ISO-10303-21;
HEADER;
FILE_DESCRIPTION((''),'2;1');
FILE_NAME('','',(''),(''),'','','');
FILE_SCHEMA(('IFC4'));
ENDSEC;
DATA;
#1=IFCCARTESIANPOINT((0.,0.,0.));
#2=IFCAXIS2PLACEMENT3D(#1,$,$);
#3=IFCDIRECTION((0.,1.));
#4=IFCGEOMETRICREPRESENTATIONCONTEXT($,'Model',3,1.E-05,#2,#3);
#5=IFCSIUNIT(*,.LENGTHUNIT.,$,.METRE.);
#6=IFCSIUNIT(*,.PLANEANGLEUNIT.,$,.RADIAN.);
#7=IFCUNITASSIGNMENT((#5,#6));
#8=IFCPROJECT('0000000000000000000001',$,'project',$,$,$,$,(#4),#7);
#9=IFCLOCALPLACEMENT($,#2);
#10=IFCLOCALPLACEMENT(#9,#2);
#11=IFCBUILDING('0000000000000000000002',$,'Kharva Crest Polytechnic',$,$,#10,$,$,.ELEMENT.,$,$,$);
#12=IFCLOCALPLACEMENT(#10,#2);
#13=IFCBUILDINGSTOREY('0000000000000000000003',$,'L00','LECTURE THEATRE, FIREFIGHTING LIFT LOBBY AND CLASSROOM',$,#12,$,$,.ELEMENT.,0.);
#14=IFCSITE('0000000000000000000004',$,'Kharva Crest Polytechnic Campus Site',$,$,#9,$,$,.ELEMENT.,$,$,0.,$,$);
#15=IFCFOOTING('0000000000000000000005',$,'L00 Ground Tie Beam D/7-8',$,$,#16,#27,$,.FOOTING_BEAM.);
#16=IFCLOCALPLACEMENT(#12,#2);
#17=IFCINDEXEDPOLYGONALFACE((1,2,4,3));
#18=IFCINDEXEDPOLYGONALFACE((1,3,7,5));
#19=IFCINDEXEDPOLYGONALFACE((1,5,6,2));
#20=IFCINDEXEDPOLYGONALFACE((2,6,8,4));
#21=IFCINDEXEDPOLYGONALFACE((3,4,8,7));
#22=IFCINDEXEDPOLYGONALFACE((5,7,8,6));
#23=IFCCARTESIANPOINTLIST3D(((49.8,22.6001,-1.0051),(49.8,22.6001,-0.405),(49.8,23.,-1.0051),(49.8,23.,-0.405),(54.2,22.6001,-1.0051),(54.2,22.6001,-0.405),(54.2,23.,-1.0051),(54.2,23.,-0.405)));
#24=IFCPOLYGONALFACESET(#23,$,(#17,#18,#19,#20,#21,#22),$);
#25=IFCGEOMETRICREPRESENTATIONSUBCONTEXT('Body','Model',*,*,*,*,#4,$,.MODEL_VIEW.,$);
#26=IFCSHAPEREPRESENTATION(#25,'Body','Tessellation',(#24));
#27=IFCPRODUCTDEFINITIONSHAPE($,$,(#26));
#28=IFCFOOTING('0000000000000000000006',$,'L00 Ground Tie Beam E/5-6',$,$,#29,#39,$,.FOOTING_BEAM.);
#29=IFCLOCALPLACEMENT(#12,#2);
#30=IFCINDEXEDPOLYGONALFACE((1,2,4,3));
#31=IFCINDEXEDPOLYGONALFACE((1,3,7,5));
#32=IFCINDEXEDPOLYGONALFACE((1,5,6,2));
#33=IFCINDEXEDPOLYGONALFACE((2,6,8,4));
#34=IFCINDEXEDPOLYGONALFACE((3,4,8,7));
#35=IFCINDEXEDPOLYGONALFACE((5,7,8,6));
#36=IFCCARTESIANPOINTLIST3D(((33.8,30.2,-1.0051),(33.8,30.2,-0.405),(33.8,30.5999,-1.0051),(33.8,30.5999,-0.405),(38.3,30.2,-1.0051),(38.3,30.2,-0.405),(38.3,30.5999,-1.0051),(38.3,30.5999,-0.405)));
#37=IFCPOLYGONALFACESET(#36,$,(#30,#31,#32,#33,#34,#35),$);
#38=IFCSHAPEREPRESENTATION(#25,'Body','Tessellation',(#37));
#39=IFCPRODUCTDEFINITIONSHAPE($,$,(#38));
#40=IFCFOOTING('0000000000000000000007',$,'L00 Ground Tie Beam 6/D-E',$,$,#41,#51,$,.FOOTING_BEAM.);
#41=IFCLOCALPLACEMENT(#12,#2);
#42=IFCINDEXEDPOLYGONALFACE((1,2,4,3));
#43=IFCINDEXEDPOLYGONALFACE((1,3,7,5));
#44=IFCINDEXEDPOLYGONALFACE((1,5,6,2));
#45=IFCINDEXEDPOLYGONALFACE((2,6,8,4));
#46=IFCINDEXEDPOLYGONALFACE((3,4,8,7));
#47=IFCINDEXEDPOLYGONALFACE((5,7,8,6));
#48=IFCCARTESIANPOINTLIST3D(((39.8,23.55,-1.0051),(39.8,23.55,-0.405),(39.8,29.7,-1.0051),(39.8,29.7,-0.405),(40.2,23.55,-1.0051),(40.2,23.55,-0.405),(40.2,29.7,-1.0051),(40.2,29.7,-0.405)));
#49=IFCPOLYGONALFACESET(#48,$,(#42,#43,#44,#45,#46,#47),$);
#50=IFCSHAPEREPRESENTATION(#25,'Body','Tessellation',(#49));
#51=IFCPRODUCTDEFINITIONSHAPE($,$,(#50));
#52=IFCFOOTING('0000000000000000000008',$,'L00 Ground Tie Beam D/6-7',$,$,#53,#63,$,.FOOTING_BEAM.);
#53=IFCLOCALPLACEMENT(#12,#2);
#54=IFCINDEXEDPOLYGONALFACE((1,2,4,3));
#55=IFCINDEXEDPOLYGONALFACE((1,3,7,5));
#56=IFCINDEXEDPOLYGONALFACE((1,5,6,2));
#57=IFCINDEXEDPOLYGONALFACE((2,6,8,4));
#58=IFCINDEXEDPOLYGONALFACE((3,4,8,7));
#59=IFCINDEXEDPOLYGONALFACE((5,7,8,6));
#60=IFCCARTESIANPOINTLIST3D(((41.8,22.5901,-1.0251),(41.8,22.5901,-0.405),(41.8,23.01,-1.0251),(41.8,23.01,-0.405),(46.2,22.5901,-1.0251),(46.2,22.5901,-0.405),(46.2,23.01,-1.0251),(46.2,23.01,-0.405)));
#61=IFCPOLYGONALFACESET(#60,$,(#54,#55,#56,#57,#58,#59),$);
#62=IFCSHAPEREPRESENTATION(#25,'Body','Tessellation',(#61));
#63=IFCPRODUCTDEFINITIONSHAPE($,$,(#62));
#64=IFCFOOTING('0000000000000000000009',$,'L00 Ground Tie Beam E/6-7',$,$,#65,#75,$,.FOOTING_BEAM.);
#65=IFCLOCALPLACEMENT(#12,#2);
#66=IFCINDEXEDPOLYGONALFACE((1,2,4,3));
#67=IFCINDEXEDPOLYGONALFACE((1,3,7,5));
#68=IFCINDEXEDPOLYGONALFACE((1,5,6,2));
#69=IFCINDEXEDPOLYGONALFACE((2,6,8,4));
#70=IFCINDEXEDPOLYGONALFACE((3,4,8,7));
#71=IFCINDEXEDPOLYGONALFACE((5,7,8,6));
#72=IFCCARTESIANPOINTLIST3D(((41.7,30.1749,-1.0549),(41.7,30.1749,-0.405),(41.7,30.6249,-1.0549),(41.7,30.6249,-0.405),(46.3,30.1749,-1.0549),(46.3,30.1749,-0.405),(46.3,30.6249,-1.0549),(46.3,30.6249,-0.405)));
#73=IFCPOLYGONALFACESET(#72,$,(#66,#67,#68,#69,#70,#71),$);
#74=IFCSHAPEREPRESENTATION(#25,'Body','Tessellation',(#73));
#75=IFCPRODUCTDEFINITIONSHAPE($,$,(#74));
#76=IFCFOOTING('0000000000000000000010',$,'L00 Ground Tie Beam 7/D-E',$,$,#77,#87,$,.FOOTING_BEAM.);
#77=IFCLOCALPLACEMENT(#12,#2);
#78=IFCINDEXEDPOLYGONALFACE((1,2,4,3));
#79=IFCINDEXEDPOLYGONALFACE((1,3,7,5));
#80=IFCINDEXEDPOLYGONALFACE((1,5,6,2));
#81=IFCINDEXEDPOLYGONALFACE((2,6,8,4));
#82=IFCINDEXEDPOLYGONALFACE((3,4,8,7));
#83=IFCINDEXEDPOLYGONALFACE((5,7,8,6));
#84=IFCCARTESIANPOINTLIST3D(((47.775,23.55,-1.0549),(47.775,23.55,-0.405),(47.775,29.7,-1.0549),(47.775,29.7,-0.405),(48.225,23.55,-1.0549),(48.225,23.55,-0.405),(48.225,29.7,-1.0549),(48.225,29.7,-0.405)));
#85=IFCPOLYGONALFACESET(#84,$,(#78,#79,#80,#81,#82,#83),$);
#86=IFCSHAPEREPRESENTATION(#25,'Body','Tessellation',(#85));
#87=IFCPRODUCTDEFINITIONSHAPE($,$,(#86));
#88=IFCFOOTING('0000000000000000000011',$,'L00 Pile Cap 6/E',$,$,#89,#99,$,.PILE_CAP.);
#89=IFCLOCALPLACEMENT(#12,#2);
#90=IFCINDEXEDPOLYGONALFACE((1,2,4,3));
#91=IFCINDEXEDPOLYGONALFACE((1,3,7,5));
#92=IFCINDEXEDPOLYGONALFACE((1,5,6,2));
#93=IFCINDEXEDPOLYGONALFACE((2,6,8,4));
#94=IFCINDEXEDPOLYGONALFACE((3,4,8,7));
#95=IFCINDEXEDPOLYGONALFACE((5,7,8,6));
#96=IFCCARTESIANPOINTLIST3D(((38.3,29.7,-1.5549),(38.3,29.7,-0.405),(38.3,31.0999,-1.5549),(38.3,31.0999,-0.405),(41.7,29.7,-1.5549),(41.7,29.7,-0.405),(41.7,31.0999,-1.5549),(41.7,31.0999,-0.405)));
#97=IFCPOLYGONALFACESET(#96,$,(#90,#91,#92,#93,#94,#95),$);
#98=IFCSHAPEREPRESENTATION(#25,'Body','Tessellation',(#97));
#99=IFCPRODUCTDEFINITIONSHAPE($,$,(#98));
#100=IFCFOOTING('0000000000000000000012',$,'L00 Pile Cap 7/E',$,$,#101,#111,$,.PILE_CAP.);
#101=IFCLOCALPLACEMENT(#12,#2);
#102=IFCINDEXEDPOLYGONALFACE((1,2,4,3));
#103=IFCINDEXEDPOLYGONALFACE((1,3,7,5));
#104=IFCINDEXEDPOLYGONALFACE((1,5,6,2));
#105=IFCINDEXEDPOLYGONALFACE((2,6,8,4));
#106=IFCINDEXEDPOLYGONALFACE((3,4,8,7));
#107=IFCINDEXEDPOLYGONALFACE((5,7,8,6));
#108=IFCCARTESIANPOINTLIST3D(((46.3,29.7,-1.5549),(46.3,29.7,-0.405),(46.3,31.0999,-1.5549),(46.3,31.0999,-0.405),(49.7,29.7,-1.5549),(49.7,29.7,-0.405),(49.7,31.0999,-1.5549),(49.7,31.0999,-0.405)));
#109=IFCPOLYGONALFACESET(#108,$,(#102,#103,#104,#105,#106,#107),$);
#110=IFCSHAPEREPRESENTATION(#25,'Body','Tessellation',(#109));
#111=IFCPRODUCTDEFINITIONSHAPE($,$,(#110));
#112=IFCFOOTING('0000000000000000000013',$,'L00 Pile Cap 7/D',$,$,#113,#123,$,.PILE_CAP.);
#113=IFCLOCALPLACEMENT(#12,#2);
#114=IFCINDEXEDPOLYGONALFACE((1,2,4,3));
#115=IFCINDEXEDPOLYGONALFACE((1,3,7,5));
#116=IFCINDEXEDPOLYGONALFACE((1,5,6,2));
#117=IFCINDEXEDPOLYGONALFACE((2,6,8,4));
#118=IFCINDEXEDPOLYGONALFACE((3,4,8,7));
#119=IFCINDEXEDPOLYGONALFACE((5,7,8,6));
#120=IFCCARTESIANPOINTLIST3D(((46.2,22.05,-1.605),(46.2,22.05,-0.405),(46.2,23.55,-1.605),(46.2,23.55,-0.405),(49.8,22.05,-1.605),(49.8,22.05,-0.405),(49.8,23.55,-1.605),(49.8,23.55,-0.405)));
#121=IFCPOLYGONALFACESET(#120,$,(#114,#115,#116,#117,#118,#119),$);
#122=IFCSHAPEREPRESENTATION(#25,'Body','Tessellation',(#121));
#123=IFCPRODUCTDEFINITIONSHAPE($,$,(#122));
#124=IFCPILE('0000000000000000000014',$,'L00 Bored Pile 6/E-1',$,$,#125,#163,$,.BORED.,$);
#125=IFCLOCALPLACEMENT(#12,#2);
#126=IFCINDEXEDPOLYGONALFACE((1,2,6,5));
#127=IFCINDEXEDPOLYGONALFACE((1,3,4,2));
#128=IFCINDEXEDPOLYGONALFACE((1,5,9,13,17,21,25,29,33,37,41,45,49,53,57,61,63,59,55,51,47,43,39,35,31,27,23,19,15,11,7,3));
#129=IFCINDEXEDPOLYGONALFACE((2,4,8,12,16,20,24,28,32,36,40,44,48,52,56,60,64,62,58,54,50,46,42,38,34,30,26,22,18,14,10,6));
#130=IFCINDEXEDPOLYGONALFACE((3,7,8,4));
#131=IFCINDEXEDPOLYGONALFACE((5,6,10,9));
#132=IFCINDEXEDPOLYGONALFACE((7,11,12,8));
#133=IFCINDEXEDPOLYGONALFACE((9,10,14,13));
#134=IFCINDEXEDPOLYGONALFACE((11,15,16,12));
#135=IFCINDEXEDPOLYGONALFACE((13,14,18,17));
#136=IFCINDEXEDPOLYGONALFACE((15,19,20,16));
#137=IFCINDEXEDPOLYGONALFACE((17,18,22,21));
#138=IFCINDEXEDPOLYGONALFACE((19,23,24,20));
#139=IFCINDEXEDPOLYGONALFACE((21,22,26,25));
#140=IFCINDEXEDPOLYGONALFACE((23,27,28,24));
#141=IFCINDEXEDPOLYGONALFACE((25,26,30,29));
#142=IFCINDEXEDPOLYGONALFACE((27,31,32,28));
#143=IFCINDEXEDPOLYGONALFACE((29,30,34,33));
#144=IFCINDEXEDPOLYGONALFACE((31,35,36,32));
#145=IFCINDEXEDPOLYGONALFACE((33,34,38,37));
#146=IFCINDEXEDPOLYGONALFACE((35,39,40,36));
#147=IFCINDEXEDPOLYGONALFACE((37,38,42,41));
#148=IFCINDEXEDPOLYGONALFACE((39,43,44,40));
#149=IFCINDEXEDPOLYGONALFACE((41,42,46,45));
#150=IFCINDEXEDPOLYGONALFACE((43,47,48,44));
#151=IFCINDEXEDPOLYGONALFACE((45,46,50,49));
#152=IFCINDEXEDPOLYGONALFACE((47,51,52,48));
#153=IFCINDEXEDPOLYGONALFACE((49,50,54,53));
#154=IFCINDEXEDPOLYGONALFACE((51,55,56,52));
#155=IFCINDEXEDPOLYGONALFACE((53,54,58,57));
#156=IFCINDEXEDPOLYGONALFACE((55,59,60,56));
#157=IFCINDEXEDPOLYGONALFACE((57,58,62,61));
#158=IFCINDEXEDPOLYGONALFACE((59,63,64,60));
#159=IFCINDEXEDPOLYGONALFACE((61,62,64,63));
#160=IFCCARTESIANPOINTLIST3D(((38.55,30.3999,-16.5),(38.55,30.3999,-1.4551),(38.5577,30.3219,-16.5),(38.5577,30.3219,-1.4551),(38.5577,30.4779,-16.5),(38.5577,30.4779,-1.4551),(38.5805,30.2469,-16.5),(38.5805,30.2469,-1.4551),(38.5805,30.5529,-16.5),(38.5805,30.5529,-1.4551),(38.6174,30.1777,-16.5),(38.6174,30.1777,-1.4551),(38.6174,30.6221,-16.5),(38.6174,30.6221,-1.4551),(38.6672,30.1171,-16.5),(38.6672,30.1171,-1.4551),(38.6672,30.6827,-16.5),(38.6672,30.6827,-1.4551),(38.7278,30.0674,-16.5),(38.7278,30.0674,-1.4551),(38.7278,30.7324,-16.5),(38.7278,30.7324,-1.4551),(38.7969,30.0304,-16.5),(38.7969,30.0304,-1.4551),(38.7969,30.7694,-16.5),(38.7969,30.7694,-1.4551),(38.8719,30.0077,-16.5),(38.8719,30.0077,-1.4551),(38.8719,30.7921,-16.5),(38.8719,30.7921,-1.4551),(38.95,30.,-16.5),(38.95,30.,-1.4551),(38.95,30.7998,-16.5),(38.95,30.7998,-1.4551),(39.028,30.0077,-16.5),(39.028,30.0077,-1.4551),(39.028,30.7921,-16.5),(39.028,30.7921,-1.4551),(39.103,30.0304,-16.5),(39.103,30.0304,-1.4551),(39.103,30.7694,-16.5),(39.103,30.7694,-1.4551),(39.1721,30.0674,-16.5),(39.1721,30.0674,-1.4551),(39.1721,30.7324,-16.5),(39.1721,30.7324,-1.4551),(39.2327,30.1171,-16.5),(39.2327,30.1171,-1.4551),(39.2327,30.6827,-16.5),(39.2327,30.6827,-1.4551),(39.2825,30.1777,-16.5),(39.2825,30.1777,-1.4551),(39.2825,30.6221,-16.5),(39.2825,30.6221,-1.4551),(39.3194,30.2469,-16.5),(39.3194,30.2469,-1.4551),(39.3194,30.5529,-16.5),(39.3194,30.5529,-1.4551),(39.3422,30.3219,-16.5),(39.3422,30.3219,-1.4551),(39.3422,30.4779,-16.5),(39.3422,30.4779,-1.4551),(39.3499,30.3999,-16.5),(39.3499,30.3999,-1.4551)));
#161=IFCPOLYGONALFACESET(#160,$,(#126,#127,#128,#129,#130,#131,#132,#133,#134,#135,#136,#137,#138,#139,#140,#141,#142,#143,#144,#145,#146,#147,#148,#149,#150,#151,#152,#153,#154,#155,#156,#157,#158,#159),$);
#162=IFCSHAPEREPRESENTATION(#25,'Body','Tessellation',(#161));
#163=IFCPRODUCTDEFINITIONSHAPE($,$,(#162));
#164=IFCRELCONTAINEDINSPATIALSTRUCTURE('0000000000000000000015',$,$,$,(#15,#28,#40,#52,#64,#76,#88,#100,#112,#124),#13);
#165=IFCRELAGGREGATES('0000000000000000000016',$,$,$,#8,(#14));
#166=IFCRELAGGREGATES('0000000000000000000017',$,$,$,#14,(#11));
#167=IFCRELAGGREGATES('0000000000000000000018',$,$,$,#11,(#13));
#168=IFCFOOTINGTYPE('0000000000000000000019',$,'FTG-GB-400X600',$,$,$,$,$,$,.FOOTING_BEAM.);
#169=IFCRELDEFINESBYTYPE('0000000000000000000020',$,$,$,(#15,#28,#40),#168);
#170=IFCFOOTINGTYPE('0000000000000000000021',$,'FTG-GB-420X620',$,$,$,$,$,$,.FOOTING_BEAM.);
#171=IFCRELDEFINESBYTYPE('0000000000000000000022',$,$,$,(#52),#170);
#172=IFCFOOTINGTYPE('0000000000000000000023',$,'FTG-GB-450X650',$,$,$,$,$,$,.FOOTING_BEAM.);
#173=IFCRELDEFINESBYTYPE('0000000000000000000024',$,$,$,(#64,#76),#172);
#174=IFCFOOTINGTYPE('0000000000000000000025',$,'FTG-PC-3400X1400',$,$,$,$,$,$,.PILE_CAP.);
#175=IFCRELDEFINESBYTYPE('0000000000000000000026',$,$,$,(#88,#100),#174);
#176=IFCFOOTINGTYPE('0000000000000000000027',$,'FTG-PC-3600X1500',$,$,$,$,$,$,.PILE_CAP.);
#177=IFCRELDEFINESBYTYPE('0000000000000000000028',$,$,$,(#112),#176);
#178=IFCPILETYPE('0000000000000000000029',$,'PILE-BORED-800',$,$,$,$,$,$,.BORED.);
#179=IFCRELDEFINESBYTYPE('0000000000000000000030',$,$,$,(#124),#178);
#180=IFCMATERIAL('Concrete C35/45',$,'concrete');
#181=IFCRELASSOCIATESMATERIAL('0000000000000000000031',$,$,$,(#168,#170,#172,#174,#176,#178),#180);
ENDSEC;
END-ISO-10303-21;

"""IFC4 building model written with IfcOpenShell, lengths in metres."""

from ifc_helpers import new_model, si_unit, direction, frame, origin, origin_2d, place, context, subcontext, project, spatial, rectangle, circle, extrude, material, material_profile, profile_set, type_object, element, save


model = new_model("IFC4")

# Units and contexts
model_context = context("Model", 3, precision=1e-05, world=origin(), true_north=direction((0.0, 1.0)))
body_context = subcontext(model_context, "Body", "Model", "MODEL_VIEW")
ifc_project = project(units=[si_unit("LENGTHUNIT", "METRE"), si_unit("PLANEANGLEUNIT", "RADIAN")], contexts=[model_context])

# Site, building, storey
site_placement = place(None, origin())
site = spatial("IfcSite", under=ifc_project, at=site_placement, Name="Kharva Crest Polytechnic Campus Site", CompositionType="ELEMENT", RefElevation=0.0)
building_placement = place(site_placement, origin())
building = spatial("IfcBuilding", under=site, at=building_placement, Name="Kharva Crest Polytechnic", CompositionType="ELEMENT")
storey_placement = place(building_placement, origin())
storey = spatial("IfcBuildingStorey", under=building, at=storey_placement, Name="L00", Description="LECTURE THEATRE, FIREFIGHTING LIFT LOBBY AND CLASSROOM", CompositionType="ELEMENT", Elevation=0.0)

# Footings
ifc_material_1 = material(Name="Concrete C35/45", Category="concrete")
footing_type_1 = type_object("IfcFootingType", Name="FTG-GB-400X600", PredefinedType="FOOTING_BEAM", material=ifc_material_1)
footing_1_placement = place(storey_placement, frame((52.0, 22.8, -1.0051), z_axis=(0.0, 0.0, 1.0), x_axis=(1.0, 0.0, 0.0)))
element("IfcFooting", 1, at=footing_1_placement, inside=storey, type_object=footing_type_1, Name="L00 Ground Tie Beam D/7-8", PredefinedType="FOOTING_BEAM", context=body_context, shape_type="SweptSolid", body=[
    extrude(rectangle(XDim=4.3999, YDim=0.3999, at=origin_2d()), origin(), (0.0, 0.0, 1.0), 0.6001),
])
footing_2_placement = place(storey_placement, frame((36.05, 30.3999, -1.0051), z_axis=(0.0, 0.0, 1.0), x_axis=(1.0, 0.0, 0.0)))
element("IfcFooting", 2, at=footing_2_placement, inside=storey, type_object=footing_type_1, Name="L00 Ground Tie Beam E/5-6", PredefinedType="FOOTING_BEAM", context=body_context, shape_type="SweptSolid", body=[
    extrude(rectangle(XDim=4.5, YDim=0.3999, at=origin_2d()), origin(), (0.0, 0.0, 1.0), 0.6001),
])
footing_3_placement = place(storey_placement, frame((40.0, 26.625, -1.0051), z_axis=(0.0, 0.0, 1.0), x_axis=(0.0, 1.0, 0.0)))
element("IfcFooting", 3, at=footing_3_placement, inside=storey, type_object=footing_type_1, Name="L00 Ground Tie Beam 6/D-E", PredefinedType="FOOTING_BEAM", context=body_context, shape_type="SweptSolid", body=[
    extrude(rectangle(XDim=6.1499, YDim=0.3999, at=origin_2d()), origin(), (0.0, 0.0, 1.0), 0.6001),
])
footing_type_2 = type_object("IfcFootingType", Name="FTG-GB-420X620", PredefinedType="FOOTING_BEAM", material=ifc_material_1)
footing_4_placement = place(storey_placement, frame((44.0, 22.8, -1.0251), z_axis=(0.0, 0.0, 1.0), x_axis=(1.0, 0.0, 0.0)))
element("IfcFooting", 4, at=footing_4_placement, inside=storey, type_object=footing_type_2, Name="L00 Ground Tie Beam D/6-7", PredefinedType="FOOTING_BEAM", context=body_context, shape_type="SweptSolid", body=[
    extrude(rectangle(XDim=4.3999, YDim=0.4199, at=origin_2d()), origin(), (0.0, 0.0, 1.0), 0.6201),
])
footing_type_3 = type_object("IfcFootingType", Name="FTG-GB-450X650", PredefinedType="FOOTING_BEAM", material=ifc_material_1)
footing_5_placement = place(storey_placement, frame((44.0, 30.3999, -1.0549), z_axis=(0.0, 0.0, 1.0), x_axis=(1.0, 0.0, 0.0)))
element("IfcFooting", 5, at=footing_5_placement, inside=storey, type_object=footing_type_3, Name="L00 Ground Tie Beam E/6-7", PredefinedType="FOOTING_BEAM", context=body_context, shape_type="SweptSolid", body=[
    extrude(rectangle(XDim=4.6001, YDim=0.45, at=origin_2d()), origin(), (0.0, 0.0, 1.0), 0.6499),
])
footing_6_placement = place(storey_placement, frame((48.0, 26.625, -1.0549), z_axis=(0.0, 0.0, 1.0), x_axis=(0.0, 1.0, 0.0)))
element("IfcFooting", 6, at=footing_6_placement, inside=storey, type_object=footing_type_3, Name="L00 Ground Tie Beam 7/D-E", PredefinedType="FOOTING_BEAM", context=body_context, shape_type="SweptSolid", body=[
    extrude(rectangle(XDim=6.1499, YDim=0.45, at=origin_2d()), origin(), (0.0, 0.0, 1.0), 0.6499),
])
footing_type_4 = type_object("IfcFootingType", Name="FTG-PC-3400X1400", PredefinedType="PILE_CAP", material=ifc_material_1)
for number, where, z_axis, x_axis, name in (
    (7, (40.0, 30.3999, -1.5549), (0.0, 0.0, 1.0), (1.0, 0.0, 0.0), "L00 Pile Cap 6/E"),
    (8, (48.0, 30.3999, -1.5549), (0.0, 0.0, 1.0), (1.0, 0.0, 0.0), "L00 Pile Cap 7/E"),
):
    element("IfcFooting", number, at=place(storey_placement, frame(where, z_axis=z_axis, x_axis=x_axis)), inside=storey, type_object=footing_type_4, Name=name, PredefinedType="PILE_CAP", context=body_context, shape_type="SweptSolid", body=[
        extrude(rectangle(XDim=3.3999, YDim=1.3999, at=origin_2d()), origin(), (0.0, 0.0, 1.0), 1.1499),
    ])
footing_type_5 = type_object("IfcFootingType", Name="FTG-PC-3600X1500", PredefinedType="PILE_CAP", material=ifc_material_1)
footing_7_placement = place(storey_placement, frame((48.0, 22.8, -1.605), z_axis=(0.0, 0.0, 1.0), x_axis=(1.0, 0.0, 0.0)))
element("IfcFooting", 9, at=footing_7_placement, inside=storey, type_object=footing_type_5, Name="L00 Pile Cap 7/D", PredefinedType="PILE_CAP", context=body_context, shape_type="SweptSolid", body=[
    extrude(rectangle(XDim=3.6001, YDim=1.5, at=origin_2d()), origin(), (0.0, 0.0, 1.0), 1.2),
])

# Pile
ifc_material_profile_1 = material_profile(ifc_material_1, circle(Radius=0.3999, at=origin_2d()), Name="DIA 800")
ifc_profile_set_1 = profile_set([ifc_material_profile_1], Name="Concrete C35/45")
pile_type_1 = type_object("IfcPileType", Name="PILE-BORED-800", PredefinedType="BORED", material=ifc_profile_set_1)
for number, where, z_axis, x_axis, name in (
    (10, (38.95, 30.3999, -1.4551), (0.0, 0.0, -1.0), (1.0, 0.0, 0.0), "L00 Bored Pile 6/E-1"),
):
    element("IfcPile", number, at=place(storey_placement, frame(where, z_axis=z_axis, x_axis=x_axis)), inside=storey, type_object=pile_type_1, Name=name, PredefinedType="BORED", context=body_context, shape_type="SweptSolid", body=[
        extrude(circle(Radius=0.3999, at=origin_2d()), origin(), (0.0, 0.0, 1.0), 15.0449),
    ])

save(model, "model.ifc")
